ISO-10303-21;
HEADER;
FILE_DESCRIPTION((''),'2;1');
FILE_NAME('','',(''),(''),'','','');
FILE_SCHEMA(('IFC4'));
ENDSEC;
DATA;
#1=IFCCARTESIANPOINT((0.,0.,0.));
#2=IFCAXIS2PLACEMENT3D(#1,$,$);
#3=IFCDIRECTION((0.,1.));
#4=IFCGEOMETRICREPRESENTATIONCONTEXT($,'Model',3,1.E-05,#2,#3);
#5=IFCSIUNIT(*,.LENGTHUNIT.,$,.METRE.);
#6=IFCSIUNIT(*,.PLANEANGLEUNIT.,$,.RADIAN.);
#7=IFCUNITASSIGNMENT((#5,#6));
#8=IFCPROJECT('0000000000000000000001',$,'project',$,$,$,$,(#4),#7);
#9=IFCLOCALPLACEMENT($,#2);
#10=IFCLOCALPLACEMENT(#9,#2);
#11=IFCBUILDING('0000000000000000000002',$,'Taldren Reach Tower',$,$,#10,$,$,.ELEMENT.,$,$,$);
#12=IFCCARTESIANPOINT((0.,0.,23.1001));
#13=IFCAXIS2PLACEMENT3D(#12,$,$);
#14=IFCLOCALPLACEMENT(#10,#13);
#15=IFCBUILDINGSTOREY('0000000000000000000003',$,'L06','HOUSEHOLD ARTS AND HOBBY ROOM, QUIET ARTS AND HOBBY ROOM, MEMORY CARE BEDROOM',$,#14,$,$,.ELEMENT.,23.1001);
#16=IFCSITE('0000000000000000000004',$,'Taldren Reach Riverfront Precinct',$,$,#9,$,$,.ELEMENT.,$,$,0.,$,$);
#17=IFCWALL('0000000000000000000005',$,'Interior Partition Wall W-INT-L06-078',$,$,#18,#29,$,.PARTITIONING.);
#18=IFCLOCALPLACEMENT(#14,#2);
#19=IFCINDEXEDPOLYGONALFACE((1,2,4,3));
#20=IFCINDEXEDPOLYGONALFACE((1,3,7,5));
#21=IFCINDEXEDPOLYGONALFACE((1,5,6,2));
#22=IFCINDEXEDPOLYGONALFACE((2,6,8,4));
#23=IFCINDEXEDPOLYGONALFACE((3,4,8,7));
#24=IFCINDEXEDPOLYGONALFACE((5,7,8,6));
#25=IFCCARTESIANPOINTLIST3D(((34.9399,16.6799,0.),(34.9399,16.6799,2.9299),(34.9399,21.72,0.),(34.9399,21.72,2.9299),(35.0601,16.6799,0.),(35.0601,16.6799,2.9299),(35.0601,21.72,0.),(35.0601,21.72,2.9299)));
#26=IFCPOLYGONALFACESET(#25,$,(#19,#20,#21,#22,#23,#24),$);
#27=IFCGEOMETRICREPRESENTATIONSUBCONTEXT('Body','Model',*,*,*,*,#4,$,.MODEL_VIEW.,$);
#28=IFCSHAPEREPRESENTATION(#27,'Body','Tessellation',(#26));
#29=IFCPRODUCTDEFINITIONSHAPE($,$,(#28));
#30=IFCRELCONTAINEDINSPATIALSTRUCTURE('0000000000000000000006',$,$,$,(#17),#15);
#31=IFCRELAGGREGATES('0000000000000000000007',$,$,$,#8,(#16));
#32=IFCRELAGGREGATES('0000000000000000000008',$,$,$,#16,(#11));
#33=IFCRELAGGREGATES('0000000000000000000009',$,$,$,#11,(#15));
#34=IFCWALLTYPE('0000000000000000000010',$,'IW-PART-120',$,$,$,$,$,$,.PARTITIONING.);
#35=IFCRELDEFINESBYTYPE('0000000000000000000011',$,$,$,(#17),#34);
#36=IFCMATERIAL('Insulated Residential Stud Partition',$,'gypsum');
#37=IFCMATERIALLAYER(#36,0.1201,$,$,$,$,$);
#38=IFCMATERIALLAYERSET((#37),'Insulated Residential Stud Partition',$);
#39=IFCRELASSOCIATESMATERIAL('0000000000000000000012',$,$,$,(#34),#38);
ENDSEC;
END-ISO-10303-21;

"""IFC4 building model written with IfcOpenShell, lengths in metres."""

from ifc_helpers import new_model, si_unit, direction, frame, frame_2d, origin, place, context, subcontext, project, spatial, rectangle, extrude, source, transform, mapped, material, layer, layer_set, type_object, element, save


model = new_model("IFC4")

# Units and contexts
model_context = context("Model", 3, precision=1e-05, world=origin(), true_north=direction((0.0, 1.0)))
body_context = subcontext(model_context, "Body", "Model", "MODEL_VIEW")
ifc_project = project(units=[si_unit("LENGTHUNIT", "METRE"), si_unit("PLANEANGLEUNIT", "RADIAN")], contexts=[model_context])

# Site, building, storey
site_placement = place(None, origin())
site = spatial("IfcSite", under=ifc_project, at=site_placement, Name="Taldren Reach Riverfront Precinct", CompositionType="ELEMENT", RefElevation=0.0)
building_placement = place(site_placement, origin())
building = spatial("IfcBuilding", under=site, at=building_placement, Name="Taldren Reach Tower", CompositionType="ELEMENT")
storey_placement = place(building_placement, frame((0.0, 0.0, 23.1001)))
storey = spatial("IfcBuildingStorey", under=building, at=storey_placement, Name="L06", Description="HOUSEHOLD ARTS AND HOBBY ROOM, QUIET ARTS AND HOBBY ROOM, MEMORY CARE BEDROOM", CompositionType="ELEMENT", Elevation=23.1001)

# Wall
ifc_material_1 = material(Name="Insulated Residential Stud Partition", Category="gypsum")
ifc_layer_1 = layer(ifc_material_1, 0.1201)
ifc_layer_set_1 = layer_set([ifc_layer_1], Name="Insulated Residential Stud Partition")
wall_type_1 = type_object("IfcWallType", Name="IW-PART-120", PredefinedType="PARTITIONING", material=ifc_layer_set_1)
shared_shape_1 = source(origin(), body_context, "Body", "SweptSolid", [
    extrude(rectangle(XDim=5.04, YDim=0.1201, at=frame_2d((2.52, 0.0))), origin(), (0.0, 0.0, 1.0), 2.9299),
])
wall_1_placement = place(storey_placement, frame((35.0, 21.72, 0.0), z_axis=(0.0, 0.0, 1.0), x_axis=(0.0, -1.0, 0.0)))
element("IfcWall", 1, at=wall_1_placement, inside=storey, type_object=wall_type_1, Name="Interior Partition Wall W-INT-L06-078", PredefinedType="PARTITIONING", context=body_context, shape_type="MappedRepresentation", body=[
    mapped(shared_shape_1, transform((0.0, 0.0, 0.0), scale=1.0)),
])

save(model, "model.ifc")
